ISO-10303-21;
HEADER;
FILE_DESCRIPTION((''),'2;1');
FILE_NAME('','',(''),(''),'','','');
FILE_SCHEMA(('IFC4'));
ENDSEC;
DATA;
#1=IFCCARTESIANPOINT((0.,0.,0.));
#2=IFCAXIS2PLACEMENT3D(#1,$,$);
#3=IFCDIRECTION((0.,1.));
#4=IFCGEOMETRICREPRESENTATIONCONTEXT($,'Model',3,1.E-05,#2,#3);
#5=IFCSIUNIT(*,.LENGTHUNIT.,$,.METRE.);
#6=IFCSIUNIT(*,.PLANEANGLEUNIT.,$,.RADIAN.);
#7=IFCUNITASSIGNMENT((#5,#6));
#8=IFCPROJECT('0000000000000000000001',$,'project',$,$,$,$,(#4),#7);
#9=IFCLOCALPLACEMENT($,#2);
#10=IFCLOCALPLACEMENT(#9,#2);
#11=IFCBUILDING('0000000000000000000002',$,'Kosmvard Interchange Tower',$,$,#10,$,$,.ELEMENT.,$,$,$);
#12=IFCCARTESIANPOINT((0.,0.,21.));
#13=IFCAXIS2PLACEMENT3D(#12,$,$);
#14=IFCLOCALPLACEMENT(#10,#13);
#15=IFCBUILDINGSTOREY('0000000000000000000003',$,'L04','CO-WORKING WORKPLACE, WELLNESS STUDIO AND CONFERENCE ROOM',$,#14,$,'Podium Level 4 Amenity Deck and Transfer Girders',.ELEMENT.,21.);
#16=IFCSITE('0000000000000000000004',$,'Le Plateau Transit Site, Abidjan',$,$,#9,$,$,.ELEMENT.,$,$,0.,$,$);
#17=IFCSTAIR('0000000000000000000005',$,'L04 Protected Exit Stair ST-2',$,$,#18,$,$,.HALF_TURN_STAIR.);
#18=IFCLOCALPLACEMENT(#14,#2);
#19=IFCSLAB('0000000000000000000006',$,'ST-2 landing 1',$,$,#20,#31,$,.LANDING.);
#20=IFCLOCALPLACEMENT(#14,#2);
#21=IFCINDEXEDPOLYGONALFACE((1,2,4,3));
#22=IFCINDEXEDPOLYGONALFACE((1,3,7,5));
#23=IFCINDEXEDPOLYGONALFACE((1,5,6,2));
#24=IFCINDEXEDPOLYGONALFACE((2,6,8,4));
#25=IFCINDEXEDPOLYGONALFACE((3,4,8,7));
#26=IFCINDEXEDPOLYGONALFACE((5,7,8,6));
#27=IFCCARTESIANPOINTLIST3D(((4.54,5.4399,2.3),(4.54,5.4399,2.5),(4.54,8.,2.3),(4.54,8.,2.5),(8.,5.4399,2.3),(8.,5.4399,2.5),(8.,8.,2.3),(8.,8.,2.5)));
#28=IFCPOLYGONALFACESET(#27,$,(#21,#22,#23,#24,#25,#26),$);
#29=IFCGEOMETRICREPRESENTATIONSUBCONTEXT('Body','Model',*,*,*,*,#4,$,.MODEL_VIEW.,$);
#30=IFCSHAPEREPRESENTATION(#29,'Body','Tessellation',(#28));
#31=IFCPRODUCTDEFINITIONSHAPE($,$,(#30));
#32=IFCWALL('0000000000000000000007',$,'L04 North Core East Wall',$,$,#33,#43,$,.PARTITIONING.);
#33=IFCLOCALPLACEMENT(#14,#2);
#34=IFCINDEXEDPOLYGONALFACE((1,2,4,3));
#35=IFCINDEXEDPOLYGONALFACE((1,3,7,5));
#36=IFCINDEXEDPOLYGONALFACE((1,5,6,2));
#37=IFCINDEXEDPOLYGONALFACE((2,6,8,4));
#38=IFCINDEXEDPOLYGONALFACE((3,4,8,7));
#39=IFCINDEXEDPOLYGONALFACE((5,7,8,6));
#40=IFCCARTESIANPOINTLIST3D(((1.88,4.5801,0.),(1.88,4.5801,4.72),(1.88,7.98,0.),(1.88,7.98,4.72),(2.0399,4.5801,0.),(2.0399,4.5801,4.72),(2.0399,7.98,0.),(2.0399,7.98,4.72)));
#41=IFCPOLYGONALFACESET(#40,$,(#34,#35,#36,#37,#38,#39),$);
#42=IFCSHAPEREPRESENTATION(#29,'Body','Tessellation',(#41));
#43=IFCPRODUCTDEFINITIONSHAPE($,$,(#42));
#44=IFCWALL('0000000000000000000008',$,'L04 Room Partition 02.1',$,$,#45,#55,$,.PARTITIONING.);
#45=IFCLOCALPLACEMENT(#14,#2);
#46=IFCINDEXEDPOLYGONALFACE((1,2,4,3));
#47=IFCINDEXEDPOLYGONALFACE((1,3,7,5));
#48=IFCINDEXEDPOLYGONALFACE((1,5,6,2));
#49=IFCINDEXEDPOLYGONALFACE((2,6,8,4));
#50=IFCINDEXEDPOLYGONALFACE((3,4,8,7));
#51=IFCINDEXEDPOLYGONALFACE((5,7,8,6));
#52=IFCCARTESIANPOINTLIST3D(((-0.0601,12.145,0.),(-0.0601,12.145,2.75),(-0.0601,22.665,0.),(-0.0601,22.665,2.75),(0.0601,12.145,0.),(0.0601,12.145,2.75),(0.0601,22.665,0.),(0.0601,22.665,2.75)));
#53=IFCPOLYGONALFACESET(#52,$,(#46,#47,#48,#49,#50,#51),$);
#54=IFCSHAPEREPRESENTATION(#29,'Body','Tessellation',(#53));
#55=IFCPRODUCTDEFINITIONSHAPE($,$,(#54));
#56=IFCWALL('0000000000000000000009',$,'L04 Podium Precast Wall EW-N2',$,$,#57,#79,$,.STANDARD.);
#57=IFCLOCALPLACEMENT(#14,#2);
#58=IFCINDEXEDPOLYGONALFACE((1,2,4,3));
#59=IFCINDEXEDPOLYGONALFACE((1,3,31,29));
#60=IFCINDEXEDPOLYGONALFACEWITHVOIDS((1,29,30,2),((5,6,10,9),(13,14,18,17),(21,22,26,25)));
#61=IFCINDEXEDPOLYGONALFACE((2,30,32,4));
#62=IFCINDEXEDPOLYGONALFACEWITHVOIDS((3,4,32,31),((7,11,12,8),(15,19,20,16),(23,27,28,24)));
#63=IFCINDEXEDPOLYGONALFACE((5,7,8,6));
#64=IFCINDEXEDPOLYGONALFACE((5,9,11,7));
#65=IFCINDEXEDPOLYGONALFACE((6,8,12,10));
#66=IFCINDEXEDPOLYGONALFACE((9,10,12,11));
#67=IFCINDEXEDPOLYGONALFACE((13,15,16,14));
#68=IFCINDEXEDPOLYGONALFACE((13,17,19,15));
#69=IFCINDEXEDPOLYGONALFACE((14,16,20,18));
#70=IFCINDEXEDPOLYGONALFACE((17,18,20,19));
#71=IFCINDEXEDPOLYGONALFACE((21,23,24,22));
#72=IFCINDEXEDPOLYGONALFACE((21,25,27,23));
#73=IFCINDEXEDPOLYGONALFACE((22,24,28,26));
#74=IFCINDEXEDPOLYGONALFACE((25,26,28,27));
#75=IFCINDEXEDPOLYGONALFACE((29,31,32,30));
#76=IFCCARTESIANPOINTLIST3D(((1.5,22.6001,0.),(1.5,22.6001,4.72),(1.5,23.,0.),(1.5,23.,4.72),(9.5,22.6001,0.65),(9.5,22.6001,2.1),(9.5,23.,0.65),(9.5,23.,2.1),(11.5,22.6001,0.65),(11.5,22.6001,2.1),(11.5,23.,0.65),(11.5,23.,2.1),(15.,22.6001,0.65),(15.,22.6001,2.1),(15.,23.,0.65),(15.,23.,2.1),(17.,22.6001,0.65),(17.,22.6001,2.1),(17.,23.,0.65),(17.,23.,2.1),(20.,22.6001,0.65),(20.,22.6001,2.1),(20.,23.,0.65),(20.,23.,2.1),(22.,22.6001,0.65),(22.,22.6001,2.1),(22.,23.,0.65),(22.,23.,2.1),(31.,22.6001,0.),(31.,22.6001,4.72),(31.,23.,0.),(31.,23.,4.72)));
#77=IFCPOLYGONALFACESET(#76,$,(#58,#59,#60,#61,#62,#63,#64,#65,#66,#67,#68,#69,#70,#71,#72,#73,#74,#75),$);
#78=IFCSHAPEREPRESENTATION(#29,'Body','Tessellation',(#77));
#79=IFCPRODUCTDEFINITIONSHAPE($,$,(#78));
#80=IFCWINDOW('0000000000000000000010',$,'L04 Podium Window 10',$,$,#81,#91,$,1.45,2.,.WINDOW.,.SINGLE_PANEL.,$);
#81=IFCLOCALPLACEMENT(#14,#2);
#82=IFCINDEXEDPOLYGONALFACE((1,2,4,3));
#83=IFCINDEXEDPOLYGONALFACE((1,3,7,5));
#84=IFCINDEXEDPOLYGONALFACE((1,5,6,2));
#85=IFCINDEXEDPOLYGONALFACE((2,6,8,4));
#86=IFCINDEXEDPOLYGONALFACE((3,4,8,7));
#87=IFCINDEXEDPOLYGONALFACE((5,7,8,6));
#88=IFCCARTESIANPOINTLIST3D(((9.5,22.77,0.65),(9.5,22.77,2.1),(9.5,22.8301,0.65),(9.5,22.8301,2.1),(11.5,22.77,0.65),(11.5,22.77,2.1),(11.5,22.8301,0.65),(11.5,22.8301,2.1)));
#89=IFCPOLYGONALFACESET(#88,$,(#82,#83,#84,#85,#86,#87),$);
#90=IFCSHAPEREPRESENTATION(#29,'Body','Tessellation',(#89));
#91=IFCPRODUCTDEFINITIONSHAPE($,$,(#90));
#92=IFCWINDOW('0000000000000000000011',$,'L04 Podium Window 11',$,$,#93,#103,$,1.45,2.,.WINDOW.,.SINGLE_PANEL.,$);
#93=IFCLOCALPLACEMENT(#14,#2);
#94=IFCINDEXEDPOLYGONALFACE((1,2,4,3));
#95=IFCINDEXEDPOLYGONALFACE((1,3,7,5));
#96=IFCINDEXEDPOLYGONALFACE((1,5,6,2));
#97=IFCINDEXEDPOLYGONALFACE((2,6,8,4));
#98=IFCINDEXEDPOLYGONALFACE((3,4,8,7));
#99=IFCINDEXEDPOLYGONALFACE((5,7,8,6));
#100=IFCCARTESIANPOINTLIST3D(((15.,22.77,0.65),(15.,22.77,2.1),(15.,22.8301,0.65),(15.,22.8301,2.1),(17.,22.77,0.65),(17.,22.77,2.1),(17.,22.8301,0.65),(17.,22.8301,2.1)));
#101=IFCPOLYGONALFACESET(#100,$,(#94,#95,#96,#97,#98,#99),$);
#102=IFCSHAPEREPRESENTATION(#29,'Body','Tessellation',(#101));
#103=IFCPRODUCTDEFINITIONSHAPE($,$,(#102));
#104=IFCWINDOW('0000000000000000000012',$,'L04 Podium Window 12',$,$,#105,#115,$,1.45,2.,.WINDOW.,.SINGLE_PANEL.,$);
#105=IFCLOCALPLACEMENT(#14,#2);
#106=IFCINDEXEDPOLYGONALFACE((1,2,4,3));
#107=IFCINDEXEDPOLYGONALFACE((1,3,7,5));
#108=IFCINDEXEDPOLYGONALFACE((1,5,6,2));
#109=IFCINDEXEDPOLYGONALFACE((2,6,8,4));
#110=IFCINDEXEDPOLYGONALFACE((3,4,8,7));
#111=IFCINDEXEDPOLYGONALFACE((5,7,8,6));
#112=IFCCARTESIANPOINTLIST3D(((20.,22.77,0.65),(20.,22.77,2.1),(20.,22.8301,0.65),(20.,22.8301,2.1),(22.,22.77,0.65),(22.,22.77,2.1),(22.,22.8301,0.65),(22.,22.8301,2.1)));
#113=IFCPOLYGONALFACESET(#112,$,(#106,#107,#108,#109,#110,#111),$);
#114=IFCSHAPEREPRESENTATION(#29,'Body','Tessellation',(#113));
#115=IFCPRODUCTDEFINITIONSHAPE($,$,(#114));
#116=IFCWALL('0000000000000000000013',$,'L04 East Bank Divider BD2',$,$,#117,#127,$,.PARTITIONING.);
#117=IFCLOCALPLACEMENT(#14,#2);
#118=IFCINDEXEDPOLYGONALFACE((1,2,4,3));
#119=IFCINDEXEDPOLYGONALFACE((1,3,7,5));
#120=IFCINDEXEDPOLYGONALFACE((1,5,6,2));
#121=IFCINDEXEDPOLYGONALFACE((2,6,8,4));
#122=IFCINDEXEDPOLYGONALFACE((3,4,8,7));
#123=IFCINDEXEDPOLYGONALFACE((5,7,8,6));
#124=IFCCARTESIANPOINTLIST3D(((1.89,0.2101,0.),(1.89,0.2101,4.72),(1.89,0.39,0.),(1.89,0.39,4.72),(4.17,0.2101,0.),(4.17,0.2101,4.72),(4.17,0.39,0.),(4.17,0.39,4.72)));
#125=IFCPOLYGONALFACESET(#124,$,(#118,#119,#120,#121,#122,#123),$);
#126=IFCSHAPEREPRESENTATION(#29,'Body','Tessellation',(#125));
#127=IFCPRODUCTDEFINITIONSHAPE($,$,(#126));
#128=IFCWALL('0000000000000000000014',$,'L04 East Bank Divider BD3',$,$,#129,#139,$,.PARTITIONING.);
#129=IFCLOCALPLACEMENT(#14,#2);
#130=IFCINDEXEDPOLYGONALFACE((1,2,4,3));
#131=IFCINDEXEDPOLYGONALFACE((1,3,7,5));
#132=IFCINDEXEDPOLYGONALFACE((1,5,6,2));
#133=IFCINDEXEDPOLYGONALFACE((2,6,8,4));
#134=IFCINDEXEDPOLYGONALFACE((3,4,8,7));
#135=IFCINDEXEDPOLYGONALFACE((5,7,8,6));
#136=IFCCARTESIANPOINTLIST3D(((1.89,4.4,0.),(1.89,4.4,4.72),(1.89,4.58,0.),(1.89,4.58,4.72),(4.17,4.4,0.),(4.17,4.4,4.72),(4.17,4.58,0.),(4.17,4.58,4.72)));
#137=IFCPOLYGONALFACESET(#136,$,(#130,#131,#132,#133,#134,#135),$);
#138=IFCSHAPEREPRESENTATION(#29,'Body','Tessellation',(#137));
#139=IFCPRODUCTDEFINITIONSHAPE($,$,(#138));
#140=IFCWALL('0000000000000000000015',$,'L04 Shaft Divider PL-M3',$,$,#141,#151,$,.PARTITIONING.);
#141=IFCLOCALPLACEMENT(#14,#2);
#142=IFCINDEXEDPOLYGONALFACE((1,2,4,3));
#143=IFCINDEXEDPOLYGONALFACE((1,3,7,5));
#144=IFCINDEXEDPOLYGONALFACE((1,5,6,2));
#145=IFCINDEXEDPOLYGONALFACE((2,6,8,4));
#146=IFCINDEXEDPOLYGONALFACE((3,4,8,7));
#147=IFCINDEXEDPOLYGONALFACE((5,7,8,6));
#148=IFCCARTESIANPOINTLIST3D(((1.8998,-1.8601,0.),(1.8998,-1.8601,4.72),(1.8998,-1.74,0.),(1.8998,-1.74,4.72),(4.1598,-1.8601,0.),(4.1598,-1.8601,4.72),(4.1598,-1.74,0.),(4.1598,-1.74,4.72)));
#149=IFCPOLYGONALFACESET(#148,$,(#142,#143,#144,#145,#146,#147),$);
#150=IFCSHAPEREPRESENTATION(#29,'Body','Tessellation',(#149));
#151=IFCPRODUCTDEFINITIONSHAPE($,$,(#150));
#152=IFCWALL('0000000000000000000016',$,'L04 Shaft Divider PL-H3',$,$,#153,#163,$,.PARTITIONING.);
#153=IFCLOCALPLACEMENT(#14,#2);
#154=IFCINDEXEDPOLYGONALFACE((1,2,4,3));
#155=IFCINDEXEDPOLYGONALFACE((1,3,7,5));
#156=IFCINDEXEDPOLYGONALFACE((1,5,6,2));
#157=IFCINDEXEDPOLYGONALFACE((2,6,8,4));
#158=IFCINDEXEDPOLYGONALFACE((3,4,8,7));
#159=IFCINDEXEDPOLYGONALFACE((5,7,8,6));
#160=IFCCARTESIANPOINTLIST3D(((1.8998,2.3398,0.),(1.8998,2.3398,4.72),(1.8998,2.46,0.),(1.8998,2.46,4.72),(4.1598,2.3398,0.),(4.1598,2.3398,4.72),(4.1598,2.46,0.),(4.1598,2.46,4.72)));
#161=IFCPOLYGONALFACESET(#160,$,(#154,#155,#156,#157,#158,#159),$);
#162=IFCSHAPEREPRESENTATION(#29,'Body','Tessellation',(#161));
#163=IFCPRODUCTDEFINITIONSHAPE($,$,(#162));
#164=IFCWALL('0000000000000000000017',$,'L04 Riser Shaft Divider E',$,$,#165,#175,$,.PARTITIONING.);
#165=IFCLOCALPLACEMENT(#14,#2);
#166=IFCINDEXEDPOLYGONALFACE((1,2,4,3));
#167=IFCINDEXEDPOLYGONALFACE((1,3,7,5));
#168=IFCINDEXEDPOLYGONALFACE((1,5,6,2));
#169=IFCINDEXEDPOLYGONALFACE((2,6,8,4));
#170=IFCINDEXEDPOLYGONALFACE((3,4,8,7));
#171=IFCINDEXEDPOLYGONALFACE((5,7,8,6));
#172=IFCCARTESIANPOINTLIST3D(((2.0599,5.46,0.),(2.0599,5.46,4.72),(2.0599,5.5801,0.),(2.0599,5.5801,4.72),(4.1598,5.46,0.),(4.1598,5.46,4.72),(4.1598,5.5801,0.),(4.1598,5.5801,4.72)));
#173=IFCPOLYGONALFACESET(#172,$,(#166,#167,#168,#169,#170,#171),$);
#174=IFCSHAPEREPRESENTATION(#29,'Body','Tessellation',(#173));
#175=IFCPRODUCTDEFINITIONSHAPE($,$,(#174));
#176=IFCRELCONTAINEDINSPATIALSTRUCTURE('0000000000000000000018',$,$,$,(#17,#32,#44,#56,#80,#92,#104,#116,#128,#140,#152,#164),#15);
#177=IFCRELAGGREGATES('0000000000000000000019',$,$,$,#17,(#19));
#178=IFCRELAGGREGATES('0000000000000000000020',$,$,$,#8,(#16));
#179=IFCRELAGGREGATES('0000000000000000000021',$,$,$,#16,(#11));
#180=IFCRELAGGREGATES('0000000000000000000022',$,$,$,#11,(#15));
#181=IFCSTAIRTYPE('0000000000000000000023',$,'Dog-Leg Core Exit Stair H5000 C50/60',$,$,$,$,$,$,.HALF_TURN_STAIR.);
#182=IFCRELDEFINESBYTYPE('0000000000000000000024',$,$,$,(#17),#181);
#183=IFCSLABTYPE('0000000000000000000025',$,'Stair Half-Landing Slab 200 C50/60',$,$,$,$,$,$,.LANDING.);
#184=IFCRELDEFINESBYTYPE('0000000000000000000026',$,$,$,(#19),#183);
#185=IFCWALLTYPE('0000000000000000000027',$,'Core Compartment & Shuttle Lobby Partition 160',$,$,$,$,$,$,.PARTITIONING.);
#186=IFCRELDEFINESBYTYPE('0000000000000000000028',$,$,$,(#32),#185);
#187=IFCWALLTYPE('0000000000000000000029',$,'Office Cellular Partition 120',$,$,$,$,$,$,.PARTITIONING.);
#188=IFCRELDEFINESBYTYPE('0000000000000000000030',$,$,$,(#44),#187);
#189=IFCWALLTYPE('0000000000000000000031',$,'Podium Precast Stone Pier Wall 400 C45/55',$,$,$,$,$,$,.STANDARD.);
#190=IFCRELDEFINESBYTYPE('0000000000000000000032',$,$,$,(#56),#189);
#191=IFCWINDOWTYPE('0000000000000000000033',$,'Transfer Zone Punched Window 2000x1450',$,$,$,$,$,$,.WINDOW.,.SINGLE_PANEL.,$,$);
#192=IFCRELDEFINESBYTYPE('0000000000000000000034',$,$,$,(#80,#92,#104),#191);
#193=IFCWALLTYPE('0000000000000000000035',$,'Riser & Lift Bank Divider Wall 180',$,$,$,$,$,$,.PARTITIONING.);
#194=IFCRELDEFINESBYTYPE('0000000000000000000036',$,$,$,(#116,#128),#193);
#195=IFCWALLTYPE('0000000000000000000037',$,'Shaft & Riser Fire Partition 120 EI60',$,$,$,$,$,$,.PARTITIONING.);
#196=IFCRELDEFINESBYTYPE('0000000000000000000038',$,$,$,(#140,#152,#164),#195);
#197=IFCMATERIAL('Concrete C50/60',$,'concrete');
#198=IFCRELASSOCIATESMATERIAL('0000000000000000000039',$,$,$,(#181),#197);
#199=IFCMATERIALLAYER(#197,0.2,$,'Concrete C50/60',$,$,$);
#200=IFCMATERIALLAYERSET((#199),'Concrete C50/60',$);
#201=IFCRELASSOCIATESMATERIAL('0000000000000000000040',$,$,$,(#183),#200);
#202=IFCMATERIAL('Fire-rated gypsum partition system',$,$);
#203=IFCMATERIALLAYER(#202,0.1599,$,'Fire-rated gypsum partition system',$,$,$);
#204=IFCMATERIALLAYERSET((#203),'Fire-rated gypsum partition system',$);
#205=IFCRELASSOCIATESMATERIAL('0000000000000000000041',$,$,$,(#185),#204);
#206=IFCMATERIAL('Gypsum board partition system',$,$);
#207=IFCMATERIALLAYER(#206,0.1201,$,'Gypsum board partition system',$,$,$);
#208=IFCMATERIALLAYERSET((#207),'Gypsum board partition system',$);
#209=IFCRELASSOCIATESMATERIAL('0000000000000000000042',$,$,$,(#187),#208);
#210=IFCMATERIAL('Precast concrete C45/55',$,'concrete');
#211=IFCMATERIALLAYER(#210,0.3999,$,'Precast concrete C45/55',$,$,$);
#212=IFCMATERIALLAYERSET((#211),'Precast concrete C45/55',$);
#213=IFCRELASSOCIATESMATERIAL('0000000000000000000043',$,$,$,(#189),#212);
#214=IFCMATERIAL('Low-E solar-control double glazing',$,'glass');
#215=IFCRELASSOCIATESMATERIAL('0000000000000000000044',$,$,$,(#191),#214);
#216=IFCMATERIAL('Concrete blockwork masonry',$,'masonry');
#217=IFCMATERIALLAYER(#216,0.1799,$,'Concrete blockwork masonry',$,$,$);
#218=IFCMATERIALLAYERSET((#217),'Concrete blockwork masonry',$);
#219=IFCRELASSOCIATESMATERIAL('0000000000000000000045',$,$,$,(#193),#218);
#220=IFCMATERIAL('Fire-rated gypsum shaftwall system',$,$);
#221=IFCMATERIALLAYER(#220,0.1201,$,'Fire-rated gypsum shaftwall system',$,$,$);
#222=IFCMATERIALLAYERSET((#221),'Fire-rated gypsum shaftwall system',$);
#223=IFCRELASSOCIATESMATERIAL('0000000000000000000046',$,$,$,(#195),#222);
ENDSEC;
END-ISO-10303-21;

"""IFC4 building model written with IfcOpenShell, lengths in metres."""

from ifc_helpers import new_model, si_unit, direction, frame, frame_2d, origin, place, context, subcontext, project, spatial, polyline, rectangle, outline, extrude, source, transform, mapped, material, layer, layer_set, type_object, element, fill, aggregate, save


model = new_model("IFC4")

# Units and contexts
model_context = context("Model", 3, precision=1e-05, world=origin(), true_north=direction((0.0, 1.0)))
body_context = subcontext(model_context, "Body", "Model", "MODEL_VIEW")
ifc_project = project(units=[si_unit("LENGTHUNIT", "METRE"), si_unit("PLANEANGLEUNIT", "RADIAN")], contexts=[model_context])

# Site, building, storey
site_placement = place(None, origin())
site = spatial("IfcSite", under=ifc_project, at=site_placement, Name="Le Plateau Transit Site, Abidjan", CompositionType="ELEMENT", RefElevation=0.0)
building_placement = place(site_placement, origin())
building = spatial("IfcBuilding", under=site, at=building_placement, Name="Kosmvard Interchange Tower", CompositionType="ELEMENT")
storey_placement = place(building_placement, frame((0.0, 0.0, 21.0)))
storey = spatial("IfcBuildingStorey", under=building, at=storey_placement, Name="L04", Description="CO-WORKING WORKPLACE, WELLNESS STUDIO AND CONFERENCE ROOM", LongName="Podium Level 4 Amenity Deck and Transfer Girders", CompositionType="ELEMENT", Elevation=21.0)

# Stair, slab
ifc_material_1 = material(Name="Concrete C50/60", Category="concrete")
stair_type = type_object("IfcStairType", Name="Dog-Leg Core Exit Stair H5000 C50/60", PredefinedType="HALF_TURN_STAIR", material=ifc_material_1)
ifc_layer_1 = layer(ifc_material_1, 0.2, Name="Concrete C50/60")
ifc_layer_set_1 = layer_set([ifc_layer_1], Name="Concrete C50/60")
slab_type = type_object("IfcSlabType", Name="Stair Half-Landing Slab 200 C50/60", PredefinedType="LANDING", material=ifc_layer_set_1)
stair_1_placement = place(storey_placement, origin())
stair_1 = element("IfcStair", 1, at=stair_1_placement, inside=storey, type_object=stair_type, Name="L04 Protected Exit Stair ST-2", PredefinedType="HALF_TURN_STAIR")
slab_1_placement = place(storey_placement, frame((0.0, 0.0, 2.3)))
slab_1 = element("IfcSlab", 2, at=slab_1_placement, type_object=slab_type, Name="ST-2 landing 1", PredefinedType="LANDING", context=body_context, shape_type="SweptSolid", body=[
    extrude(outline(polyline([(8.0, 5.4399), (8.0, 8.0), (4.54, 8.0), (4.54, 5.4399), (8.0, 5.4399)])), origin(), (0.0, 0.0, 1.0), 0.2),
])

# Walls
ifc_material_2 = material(Name="Fire-rated gypsum partition system")
ifc_layer_2 = layer(ifc_material_2, 0.1599, Name="Fire-rated gypsum partition system")
ifc_layer_set_2 = layer_set([ifc_layer_2], Name="Fire-rated gypsum partition system")
wall_type_1 = type_object("IfcWallType", Name="Core Compartment & Shuttle Lobby Partition 160", PredefinedType="PARTITIONING", material=ifc_layer_set_2)
wall_1_placement = place(storey_placement, frame((1.96, 4.5801, 0.0), z_axis=(0.0, 0.0, 1.0), x_axis=(0.0, 1.0, 0.0)))
element("IfcWall", 3, at=wall_1_placement, inside=storey, type_object=wall_type_1, Name="L04 North Core East Wall", PredefinedType="PARTITIONING", context=body_context, shape_type="SweptSolid", body=[
    extrude(rectangle(XDim=3.3999, YDim=0.1599, at=frame_2d((1.7, 0.0))), origin(), (0.0, 0.0, 1.0), 4.72),
])
ifc_material_3 = material(Name="Gypsum board partition system")
ifc_layer_3 = layer(ifc_material_3, 0.1201, Name="Gypsum board partition system")
ifc_layer_set_3 = layer_set([ifc_layer_3], Name="Gypsum board partition system")
wall_type_2 = type_object("IfcWallType", Name="Office Cellular Partition 120", PredefinedType="PARTITIONING", material=ifc_layer_set_3)
wall_2_placement = place(storey_placement, frame((0.0, 12.145, 0.0), z_axis=(0.0, 0.0, 1.0), x_axis=(0.0, 1.0, 0.0)))
element("IfcWall", 4, at=wall_2_placement, inside=storey, type_object=wall_type_2, Name="L04 Room Partition 02.1", PredefinedType="PARTITIONING", context=body_context, shape_type="SweptSolid", body=[
    extrude(rectangle(XDim=10.52, YDim=0.1201, at=frame_2d((5.26, 0.0))), origin(), (0.0, 0.0, 1.0), 2.75),
])

# Wall, openings, windows
ifc_material_4 = material(Name="Precast concrete C45/55", Category="concrete")
ifc_layer_4 = layer(ifc_material_4, 0.3999, Name="Precast concrete C45/55")
ifc_layer_set_4 = layer_set([ifc_layer_4], Name="Precast concrete C45/55")
wall_type_3 = type_object("IfcWallType", Name="Podium Precast Stone Pier Wall 400 C45/55", PredefinedType="STANDARD", material=ifc_layer_set_4)
wall_3_placement = place(storey_placement, frame((1.5, 22.8, 0.0), z_axis=(0.0, 0.0, 1.0), x_axis=(1.0, 0.0, 0.0)))
wall_3 = element("IfcWall", 5, at=wall_3_placement, inside=storey, type_object=wall_type_3, Name="L04 Podium Precast Wall EW-N2", PredefinedType="STANDARD", context=body_context, shape_type="SweptSolid", body=[
    extrude(rectangle(XDim=29.5, YDim=0.3999, at=frame_2d((14.75, 0.0))), origin(), (0.0, 0.0, 1.0), 4.72),
])
opening_1_placement = place(wall_3_placement, frame((8.0, 0.0, 0.6499)))
opening_1 = element("IfcOpeningElement", 6, at=opening_1_placement, cuts=wall_3, PredefinedType="OPENING", context=body_context, shape_type="SweptSolid", body=[
    extrude(rectangle(XDim=2.0, YDim=1.45, at=frame_2d((1.0, 0.7251))), frame((0.0, 0.21, 0.0), z_axis=(0.0, -1.0, 0.0), x_axis=(1.0, 0.0, 0.0)), (0.0, 0.0, 1.0), 0.4199),
])
opening_2_placement = place(wall_3_placement, frame((13.5, 0.0, 0.6499)))
opening_2 = element("IfcOpeningElement", 7, at=opening_2_placement, cuts=wall_3, PredefinedType="OPENING", context=body_context, shape_type="SweptSolid", body=[
    extrude(rectangle(XDim=2.0, YDim=1.45, at=frame_2d((1.0, 0.7251))), frame((0.0, 0.21, 0.0), z_axis=(0.0, -1.0, 0.0), x_axis=(1.0, 0.0, 0.0)), (0.0, 0.0, 1.0), 0.4199),
])
opening_3_placement = place(wall_3_placement, frame((18.5, 0.0, 0.6499)))
opening_3 = element("IfcOpeningElement", 8, at=opening_3_placement, cuts=wall_3, PredefinedType="OPENING", context=body_context, shape_type="SweptSolid", body=[
    extrude(rectangle(XDim=2.0, YDim=1.45, at=frame_2d((1.0, 0.7251))), frame((0.0, 0.21, 0.0), z_axis=(0.0, -1.0, 0.0), x_axis=(1.0, 0.0, 0.0)), (0.0, 0.0, 1.0), 0.4199),
])
ifc_material_5 = material(Name="Low-E solar-control double glazing", Category="glass")
window_type = type_object("IfcWindowType", Name="Transfer Zone Punched Window 2000x1450", PartitioningType="SINGLE_PANEL", PredefinedType="WINDOW", material=ifc_material_5)
shared_shape_1 = source(origin(), body_context, "Body", "SweptSolid", [
    extrude(rectangle(XDim=2.0, YDim=1.45, at=frame_2d((1.0, 0.7251))), frame((0.0, 0.03, 0.0), z_axis=(0.0, -1.0, 0.0), x_axis=(1.0, 0.0, 0.0)), (0.0, 0.0, 1.0), 0.0601),
])
window_1_placement = place(opening_1_placement, origin())
window_1 = element("IfcWindow", 9, at=window_1_placement, inside=storey, type_object=window_type, Name="L04 Podium Window 10", OverallHeight=1.45, OverallWidth=2.0, PartitioningType="SINGLE_PANEL", PredefinedType="WINDOW", context=body_context, shape_type="MappedRepresentation", body=[
    mapped(shared_shape_1, transform((0.0, 0.0, 0.0), scale=1.0)),
])
fill(opening_1, window_1)
window_2_placement = place(opening_2_placement, origin())
window_2 = element("IfcWindow", 10, at=window_2_placement, inside=storey, type_object=window_type, Name="L04 Podium Window 11", OverallHeight=1.45, OverallWidth=2.0, PartitioningType="SINGLE_PANEL", PredefinedType="WINDOW", context=body_context, shape_type="MappedRepresentation", body=[
    mapped(shared_shape_1, transform((0.0, 0.0, 0.0), scale=1.0)),
])
fill(opening_2, window_2)
window_3_placement = place(opening_3_placement, origin())
window_3 = element("IfcWindow", 11, at=window_3_placement, inside=storey, type_object=window_type, Name="L04 Podium Window 12", OverallHeight=1.45, OverallWidth=2.0, PartitioningType="SINGLE_PANEL", PredefinedType="WINDOW", context=body_context, shape_type="MappedRepresentation", body=[
    mapped(shared_shape_1, transform((0.0, 0.0, 0.0), scale=1.0)),
])
fill(opening_3, window_3)

# Walls
ifc_material_6 = material(Name="Concrete blockwork masonry", Category="masonry")
ifc_layer_5 = layer(ifc_material_6, 0.1799, Name="Concrete blockwork masonry")
ifc_layer_set_5 = layer_set([ifc_layer_5], Name="Concrete blockwork masonry")
wall_type_4 = type_object("IfcWallType", Name="Riser & Lift Bank Divider Wall 180", PredefinedType="PARTITIONING", material=ifc_layer_set_5)
for number, where, z_axis, x_axis, name in (
    (12, (1.8899, 0.3, 0.0), (0.0, 0.0, 1.0), (1.0, 0.0, 0.0), "L04 East Bank Divider BD2"),
    (13, (1.8899, 4.49, 0.0), (0.0, 0.0, 1.0), (1.0, 0.0, 0.0), "L04 East Bank Divider BD3"),
):
    element("IfcWall", number, at=place(storey_placement, frame(where, z_axis=z_axis, x_axis=x_axis)), inside=storey, type_object=wall_type_4, Name=name, PredefinedType="PARTITIONING", context=body_context, shape_type="SweptSolid", body=[
        extrude(rectangle(XDim=2.28, YDim=0.1799, at=frame_2d((1.1401, 0.0))), origin(), (0.0, 0.0, 1.0), 4.72),
    ])
ifc_material_7 = material(Name="Fire-rated gypsum shaftwall system")
ifc_layer_6 = layer(ifc_material_7, 0.1201, Name="Fire-rated gypsum shaftwall system")
ifc_layer_set_6 = layer_set([ifc_layer_6], Name="Fire-rated gypsum shaftwall system")
wall_type_5 = type_object("IfcWallType", Name="Shaft & Riser Fire Partition 120 EI60", PredefinedType="PARTITIONING", material=ifc_layer_set_6)
for number, where, z_axis, x_axis, name in (
    (14, (1.8999, -1.8, 0.0), (0.0, 0.0, 1.0), (1.0, 0.0, 0.0), "L04 Shaft Divider PL-M3"),
    (15, (1.8999, 2.3999, 0.0), (0.0, 0.0, 1.0), (1.0, 0.0, 0.0), "L04 Shaft Divider PL-H3"),
):
    element("IfcWall", number, at=place(storey_placement, frame(where, z_axis=z_axis, x_axis=x_axis)), inside=storey, type_object=wall_type_5, Name=name, PredefinedType="PARTITIONING", context=body_context, shape_type="SweptSolid", body=[
        extrude(rectangle(XDim=2.26, YDim=0.1201, at=frame_2d((1.1299, 0.0))), origin(), (0.0, 0.0, 1.0), 4.72),
    ])
wall_4_placement = place(storey_placement, frame((2.0601, 5.52, 0.0), z_axis=(0.0, 0.0, 1.0), x_axis=(1.0, 0.0, 0.0)))
element("IfcWall", 16, at=wall_4_placement, inside=storey, type_object=wall_type_5, Name="L04 Riser Shaft Divider E", PredefinedType="PARTITIONING", context=body_context, shape_type="SweptSolid", body=[
    extrude(rectangle(XDim=2.0999, YDim=0.1201, at=frame_2d((1.0498, 0.0))), origin(), (0.0, 0.0, 1.0), 4.72),
])

aggregate(stair_1, [slab_1])

save(model, "model.ifc")
